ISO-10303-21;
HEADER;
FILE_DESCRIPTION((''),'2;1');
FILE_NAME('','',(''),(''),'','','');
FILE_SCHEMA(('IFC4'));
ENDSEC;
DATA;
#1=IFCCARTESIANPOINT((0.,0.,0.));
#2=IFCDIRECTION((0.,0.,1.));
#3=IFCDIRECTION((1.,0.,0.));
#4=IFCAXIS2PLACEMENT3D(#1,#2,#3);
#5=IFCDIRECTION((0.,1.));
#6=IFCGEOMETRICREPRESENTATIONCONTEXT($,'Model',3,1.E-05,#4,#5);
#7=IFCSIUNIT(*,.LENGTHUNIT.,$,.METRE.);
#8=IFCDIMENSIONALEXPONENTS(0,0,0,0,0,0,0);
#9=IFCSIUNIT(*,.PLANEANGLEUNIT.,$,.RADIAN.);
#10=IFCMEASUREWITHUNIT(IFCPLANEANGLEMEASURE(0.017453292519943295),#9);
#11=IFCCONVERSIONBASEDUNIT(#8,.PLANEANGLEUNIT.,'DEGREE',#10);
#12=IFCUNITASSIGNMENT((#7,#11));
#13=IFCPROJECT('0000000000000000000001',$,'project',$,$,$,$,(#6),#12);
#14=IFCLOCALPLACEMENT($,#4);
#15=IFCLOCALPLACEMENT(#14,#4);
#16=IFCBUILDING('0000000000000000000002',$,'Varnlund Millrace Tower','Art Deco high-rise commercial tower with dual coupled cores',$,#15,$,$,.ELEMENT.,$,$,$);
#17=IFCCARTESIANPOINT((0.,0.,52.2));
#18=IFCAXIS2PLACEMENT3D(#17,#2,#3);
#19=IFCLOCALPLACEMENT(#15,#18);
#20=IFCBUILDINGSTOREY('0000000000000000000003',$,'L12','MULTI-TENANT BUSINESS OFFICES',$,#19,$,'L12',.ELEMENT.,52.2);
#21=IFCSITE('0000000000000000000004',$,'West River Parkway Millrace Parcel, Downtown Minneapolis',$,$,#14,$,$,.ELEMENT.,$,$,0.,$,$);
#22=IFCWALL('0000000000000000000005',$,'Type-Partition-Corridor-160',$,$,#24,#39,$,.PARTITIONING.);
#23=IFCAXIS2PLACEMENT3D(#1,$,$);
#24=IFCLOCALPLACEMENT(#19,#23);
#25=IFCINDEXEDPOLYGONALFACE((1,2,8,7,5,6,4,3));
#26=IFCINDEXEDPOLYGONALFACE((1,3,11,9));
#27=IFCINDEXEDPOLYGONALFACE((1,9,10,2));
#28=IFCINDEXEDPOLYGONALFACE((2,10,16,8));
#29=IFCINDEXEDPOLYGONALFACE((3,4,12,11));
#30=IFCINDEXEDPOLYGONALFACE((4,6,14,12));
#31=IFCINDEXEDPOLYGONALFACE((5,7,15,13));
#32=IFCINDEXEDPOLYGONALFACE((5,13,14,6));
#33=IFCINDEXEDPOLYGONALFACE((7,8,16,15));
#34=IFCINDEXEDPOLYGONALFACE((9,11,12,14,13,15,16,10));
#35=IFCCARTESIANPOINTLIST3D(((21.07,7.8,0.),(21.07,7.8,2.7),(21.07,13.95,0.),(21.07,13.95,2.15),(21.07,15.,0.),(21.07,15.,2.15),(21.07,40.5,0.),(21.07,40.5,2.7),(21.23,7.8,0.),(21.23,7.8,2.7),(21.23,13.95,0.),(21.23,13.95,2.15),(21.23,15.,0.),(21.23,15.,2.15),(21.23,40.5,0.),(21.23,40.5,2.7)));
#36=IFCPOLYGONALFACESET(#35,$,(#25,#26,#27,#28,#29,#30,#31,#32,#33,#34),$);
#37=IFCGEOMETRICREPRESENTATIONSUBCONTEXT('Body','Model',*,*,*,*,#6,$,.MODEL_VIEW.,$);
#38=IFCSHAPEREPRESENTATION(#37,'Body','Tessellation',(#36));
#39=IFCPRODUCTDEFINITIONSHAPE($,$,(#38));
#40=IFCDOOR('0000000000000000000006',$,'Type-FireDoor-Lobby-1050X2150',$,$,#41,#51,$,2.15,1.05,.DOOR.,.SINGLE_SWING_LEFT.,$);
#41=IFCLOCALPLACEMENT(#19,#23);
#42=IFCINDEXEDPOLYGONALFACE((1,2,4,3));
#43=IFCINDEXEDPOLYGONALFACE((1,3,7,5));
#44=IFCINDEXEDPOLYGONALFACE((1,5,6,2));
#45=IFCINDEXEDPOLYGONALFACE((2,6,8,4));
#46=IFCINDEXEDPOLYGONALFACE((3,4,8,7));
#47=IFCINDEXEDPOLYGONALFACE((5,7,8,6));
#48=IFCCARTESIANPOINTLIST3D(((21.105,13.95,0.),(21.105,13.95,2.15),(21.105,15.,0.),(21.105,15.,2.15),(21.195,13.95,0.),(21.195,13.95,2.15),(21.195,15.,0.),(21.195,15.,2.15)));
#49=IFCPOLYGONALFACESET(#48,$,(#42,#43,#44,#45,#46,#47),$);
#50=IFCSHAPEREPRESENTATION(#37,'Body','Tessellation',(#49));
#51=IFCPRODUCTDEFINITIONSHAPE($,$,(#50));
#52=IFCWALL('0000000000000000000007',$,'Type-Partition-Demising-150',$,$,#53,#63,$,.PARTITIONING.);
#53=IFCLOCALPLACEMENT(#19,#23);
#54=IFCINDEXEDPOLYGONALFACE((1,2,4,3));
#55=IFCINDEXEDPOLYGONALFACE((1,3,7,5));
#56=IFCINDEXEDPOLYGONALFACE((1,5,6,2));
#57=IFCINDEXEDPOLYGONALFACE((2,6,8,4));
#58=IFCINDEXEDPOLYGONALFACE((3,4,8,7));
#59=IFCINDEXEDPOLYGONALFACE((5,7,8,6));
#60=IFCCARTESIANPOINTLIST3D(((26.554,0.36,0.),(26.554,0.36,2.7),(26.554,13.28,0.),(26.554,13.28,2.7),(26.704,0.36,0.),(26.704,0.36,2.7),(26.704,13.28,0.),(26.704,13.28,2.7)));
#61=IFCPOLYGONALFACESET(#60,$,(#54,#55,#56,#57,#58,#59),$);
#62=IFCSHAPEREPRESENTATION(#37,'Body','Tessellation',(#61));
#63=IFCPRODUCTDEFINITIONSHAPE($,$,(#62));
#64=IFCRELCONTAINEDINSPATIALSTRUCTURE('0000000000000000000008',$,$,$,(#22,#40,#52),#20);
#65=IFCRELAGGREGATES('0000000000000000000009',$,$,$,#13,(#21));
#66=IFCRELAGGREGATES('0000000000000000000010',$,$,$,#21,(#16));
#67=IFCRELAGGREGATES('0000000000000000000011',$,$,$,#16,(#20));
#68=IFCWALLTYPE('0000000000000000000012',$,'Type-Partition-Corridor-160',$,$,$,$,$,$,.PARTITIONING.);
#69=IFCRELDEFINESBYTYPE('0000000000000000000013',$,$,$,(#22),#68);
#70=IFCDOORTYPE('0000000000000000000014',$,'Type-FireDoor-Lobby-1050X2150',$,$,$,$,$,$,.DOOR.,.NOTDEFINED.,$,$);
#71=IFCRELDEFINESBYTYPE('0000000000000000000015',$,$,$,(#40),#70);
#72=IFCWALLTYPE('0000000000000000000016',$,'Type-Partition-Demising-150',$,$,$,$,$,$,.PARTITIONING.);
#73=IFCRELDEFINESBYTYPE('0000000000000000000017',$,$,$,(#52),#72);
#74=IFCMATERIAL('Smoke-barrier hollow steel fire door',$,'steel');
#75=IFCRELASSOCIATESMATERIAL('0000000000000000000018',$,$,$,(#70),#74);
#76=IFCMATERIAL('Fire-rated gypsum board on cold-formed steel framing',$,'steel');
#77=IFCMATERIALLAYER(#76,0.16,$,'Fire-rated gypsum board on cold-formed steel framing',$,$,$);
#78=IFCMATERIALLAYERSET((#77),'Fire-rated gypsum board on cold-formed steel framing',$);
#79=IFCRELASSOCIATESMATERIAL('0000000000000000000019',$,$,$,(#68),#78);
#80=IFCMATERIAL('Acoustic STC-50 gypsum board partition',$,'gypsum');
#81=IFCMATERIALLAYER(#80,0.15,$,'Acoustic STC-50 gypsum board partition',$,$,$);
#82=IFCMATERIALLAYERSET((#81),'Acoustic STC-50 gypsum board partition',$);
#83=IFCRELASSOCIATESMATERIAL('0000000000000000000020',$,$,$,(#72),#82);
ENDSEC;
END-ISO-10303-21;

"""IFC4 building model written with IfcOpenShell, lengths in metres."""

from ifc_helpers import new_model, entity, si_unit, converted_unit, direction, frame, origin_with_axes, origin_2d_with_axis, place, context, subcontext, project, spatial, polyline, rectangle, outline, extrude, material, layer, layer_set, type_object, element, fill, save


model = new_model("IFC4")

# Units and contexts
model_context = context("Model", 3, precision=1e-05, world=origin_with_axes(), true_north=direction((0.0, 1.0)))
body_context = subcontext(model_context, "Body", "Model", "MODEL_VIEW")
ifc_project = project(units=[si_unit("LENGTHUNIT", "METRE"), converted_unit("PLANEANGLEUNIT", "DEGREE", entity("IfcPlaneAngleMeasure", 0.017453292519943295), si_unit("PLANEANGLEUNIT", "RADIAN"), dimensions=[0, 0, 0, 0, 0, 0, 0])], contexts=[model_context])

# Site, building, storey
site_placement = place(None, origin_with_axes())
site = spatial("IfcSite", under=ifc_project, at=site_placement, Name="West River Parkway Millrace Parcel, Downtown Minneapolis", CompositionType="ELEMENT", RefElevation=0.0)
building_placement = place(site_placement, origin_with_axes())
building = spatial("IfcBuilding", under=site, at=building_placement, Name="Varnlund Millrace Tower", Description="Art Deco high-rise commercial tower with dual coupled cores", CompositionType="ELEMENT")
storey_placement = place(building_placement, frame((0.0, 0.0, 52.2), z_axis=(0.0, 0.0, 1.0), x_axis=(1.0, 0.0, 0.0)))
storey = spatial("IfcBuildingStorey", under=building, at=storey_placement, Name="L12", Description="MULTI-TENANT BUSINESS OFFICES", LongName="L12", CompositionType="ELEMENT", Elevation=52.2)

# Shared definitions
ifc_material_1 = material(Name="Smoke-barrier hollow steel fire door", Category="steel")
door_type_1 = type_object("IfcDoorType", Name="Type-FireDoor-Lobby-1050X2150", OperationType="NOTDEFINED", PredefinedType="DOOR", material=ifc_material_1)

# Wall, opening, door
ifc_material_2 = material(Name="Fire-rated gypsum board on cold-formed steel framing", Category="steel")
ifc_layer_1 = layer(ifc_material_2, 0.16, Name="Fire-rated gypsum board on cold-formed steel framing")
ifc_layer_set_1 = layer_set([ifc_layer_1], Name="Fire-rated gypsum board on cold-formed steel framing")
wall_type_1 = type_object("IfcWallType", Name="Type-Partition-Corridor-160", PredefinedType="PARTITIONING", material=ifc_layer_set_1)
wall_1_placement = place(storey_placement, frame((21.15, 7.8, 0.0), z_axis=(0.0, 0.0, 1.0), x_axis=(0.0, 1.0, 0.0)))
wall_1 = element("IfcWall", 1, at=wall_1_placement, inside=storey, type_object=wall_type_1, Name="Type-Partition-Corridor-160", PredefinedType="PARTITIONING", context=body_context, shape_type="SweptSolid", body=[
    extrude(outline(polyline([(0.0, -0.08), (32.7, -0.08), (32.7, 0.08), (0.0, 0.08), (0.0, -0.08)])), origin_with_axes(), (0.0, 0.0, 1.0), 2.7),
])
opening_1_placement = place(wall_1_placement, frame((6.675, 0.0, 0.0), z_axis=(0.0, 0.0, 1.0), x_axis=(1.0, 0.0, 0.0)))
opening_1 = element("IfcOpeningElement", 2, at=opening_1_placement, cuts=wall_1, PredefinedType="OPENING", context=body_context, shape_type="SweptSolid", body=[
    extrude(rectangle(XDim=1.05, YDim=0.18, at=origin_2d_with_axis()), origin_with_axes(), (0.0, 0.0, 1.0), 2.15),
])
door_1_placement = place(wall_1_placement, frame((6.675, 0.0, 0.0), z_axis=(0.0, 0.0, 1.0), x_axis=(1.0, 0.0, 0.0)))
door_1 = element("IfcDoor", 3, at=door_1_placement, inside=storey, type_object=door_type_1, Name="Type-FireDoor-Lobby-1050X2150", OperationType="SINGLE_SWING_LEFT", OverallHeight=2.15, OverallWidth=1.05, PredefinedType="DOOR", context=body_context, shape_type="SweptSolid", body=[
    extrude(rectangle(XDim=1.05, YDim=0.09, at=origin_2d_with_axis()), origin_with_axes(), (0.0, 0.0, 1.0), 2.15),
])
fill(opening_1, door_1)

# Wall
ifc_material_3 = material(Name="Acoustic STC-50 gypsum board partition", Category="gypsum")
ifc_layer_2 = layer(ifc_material_3, 0.15, Name="Acoustic STC-50 gypsum board partition")
ifc_layer_set_2 = layer_set([ifc_layer_2], Name="Acoustic STC-50 gypsum board partition")
wall_type_2 = type_object("IfcWallType", Name="Type-Partition-Demising-150", PredefinedType="PARTITIONING", material=ifc_layer_set_2)
wall_2_placement = place(storey_placement, frame((26.629, 0.36, 0.0), z_axis=(0.0, 0.0, 1.0), x_axis=(0.0, 1.0, 0.0)))
element("IfcWall", 4, at=wall_2_placement, inside=storey, type_object=wall_type_2, Name="Type-Partition-Demising-150", PredefinedType="PARTITIONING", context=body_context, shape_type="SweptSolid", body=[
    extrude(outline(polyline([(0.0, -0.075), (12.92, -0.075), (12.92, 0.075), (0.0, 0.075), (0.0, -0.075)])), origin_with_axes(), (0.0, 0.0, 1.0), 2.7),
])

save(model, "model.ifc")
